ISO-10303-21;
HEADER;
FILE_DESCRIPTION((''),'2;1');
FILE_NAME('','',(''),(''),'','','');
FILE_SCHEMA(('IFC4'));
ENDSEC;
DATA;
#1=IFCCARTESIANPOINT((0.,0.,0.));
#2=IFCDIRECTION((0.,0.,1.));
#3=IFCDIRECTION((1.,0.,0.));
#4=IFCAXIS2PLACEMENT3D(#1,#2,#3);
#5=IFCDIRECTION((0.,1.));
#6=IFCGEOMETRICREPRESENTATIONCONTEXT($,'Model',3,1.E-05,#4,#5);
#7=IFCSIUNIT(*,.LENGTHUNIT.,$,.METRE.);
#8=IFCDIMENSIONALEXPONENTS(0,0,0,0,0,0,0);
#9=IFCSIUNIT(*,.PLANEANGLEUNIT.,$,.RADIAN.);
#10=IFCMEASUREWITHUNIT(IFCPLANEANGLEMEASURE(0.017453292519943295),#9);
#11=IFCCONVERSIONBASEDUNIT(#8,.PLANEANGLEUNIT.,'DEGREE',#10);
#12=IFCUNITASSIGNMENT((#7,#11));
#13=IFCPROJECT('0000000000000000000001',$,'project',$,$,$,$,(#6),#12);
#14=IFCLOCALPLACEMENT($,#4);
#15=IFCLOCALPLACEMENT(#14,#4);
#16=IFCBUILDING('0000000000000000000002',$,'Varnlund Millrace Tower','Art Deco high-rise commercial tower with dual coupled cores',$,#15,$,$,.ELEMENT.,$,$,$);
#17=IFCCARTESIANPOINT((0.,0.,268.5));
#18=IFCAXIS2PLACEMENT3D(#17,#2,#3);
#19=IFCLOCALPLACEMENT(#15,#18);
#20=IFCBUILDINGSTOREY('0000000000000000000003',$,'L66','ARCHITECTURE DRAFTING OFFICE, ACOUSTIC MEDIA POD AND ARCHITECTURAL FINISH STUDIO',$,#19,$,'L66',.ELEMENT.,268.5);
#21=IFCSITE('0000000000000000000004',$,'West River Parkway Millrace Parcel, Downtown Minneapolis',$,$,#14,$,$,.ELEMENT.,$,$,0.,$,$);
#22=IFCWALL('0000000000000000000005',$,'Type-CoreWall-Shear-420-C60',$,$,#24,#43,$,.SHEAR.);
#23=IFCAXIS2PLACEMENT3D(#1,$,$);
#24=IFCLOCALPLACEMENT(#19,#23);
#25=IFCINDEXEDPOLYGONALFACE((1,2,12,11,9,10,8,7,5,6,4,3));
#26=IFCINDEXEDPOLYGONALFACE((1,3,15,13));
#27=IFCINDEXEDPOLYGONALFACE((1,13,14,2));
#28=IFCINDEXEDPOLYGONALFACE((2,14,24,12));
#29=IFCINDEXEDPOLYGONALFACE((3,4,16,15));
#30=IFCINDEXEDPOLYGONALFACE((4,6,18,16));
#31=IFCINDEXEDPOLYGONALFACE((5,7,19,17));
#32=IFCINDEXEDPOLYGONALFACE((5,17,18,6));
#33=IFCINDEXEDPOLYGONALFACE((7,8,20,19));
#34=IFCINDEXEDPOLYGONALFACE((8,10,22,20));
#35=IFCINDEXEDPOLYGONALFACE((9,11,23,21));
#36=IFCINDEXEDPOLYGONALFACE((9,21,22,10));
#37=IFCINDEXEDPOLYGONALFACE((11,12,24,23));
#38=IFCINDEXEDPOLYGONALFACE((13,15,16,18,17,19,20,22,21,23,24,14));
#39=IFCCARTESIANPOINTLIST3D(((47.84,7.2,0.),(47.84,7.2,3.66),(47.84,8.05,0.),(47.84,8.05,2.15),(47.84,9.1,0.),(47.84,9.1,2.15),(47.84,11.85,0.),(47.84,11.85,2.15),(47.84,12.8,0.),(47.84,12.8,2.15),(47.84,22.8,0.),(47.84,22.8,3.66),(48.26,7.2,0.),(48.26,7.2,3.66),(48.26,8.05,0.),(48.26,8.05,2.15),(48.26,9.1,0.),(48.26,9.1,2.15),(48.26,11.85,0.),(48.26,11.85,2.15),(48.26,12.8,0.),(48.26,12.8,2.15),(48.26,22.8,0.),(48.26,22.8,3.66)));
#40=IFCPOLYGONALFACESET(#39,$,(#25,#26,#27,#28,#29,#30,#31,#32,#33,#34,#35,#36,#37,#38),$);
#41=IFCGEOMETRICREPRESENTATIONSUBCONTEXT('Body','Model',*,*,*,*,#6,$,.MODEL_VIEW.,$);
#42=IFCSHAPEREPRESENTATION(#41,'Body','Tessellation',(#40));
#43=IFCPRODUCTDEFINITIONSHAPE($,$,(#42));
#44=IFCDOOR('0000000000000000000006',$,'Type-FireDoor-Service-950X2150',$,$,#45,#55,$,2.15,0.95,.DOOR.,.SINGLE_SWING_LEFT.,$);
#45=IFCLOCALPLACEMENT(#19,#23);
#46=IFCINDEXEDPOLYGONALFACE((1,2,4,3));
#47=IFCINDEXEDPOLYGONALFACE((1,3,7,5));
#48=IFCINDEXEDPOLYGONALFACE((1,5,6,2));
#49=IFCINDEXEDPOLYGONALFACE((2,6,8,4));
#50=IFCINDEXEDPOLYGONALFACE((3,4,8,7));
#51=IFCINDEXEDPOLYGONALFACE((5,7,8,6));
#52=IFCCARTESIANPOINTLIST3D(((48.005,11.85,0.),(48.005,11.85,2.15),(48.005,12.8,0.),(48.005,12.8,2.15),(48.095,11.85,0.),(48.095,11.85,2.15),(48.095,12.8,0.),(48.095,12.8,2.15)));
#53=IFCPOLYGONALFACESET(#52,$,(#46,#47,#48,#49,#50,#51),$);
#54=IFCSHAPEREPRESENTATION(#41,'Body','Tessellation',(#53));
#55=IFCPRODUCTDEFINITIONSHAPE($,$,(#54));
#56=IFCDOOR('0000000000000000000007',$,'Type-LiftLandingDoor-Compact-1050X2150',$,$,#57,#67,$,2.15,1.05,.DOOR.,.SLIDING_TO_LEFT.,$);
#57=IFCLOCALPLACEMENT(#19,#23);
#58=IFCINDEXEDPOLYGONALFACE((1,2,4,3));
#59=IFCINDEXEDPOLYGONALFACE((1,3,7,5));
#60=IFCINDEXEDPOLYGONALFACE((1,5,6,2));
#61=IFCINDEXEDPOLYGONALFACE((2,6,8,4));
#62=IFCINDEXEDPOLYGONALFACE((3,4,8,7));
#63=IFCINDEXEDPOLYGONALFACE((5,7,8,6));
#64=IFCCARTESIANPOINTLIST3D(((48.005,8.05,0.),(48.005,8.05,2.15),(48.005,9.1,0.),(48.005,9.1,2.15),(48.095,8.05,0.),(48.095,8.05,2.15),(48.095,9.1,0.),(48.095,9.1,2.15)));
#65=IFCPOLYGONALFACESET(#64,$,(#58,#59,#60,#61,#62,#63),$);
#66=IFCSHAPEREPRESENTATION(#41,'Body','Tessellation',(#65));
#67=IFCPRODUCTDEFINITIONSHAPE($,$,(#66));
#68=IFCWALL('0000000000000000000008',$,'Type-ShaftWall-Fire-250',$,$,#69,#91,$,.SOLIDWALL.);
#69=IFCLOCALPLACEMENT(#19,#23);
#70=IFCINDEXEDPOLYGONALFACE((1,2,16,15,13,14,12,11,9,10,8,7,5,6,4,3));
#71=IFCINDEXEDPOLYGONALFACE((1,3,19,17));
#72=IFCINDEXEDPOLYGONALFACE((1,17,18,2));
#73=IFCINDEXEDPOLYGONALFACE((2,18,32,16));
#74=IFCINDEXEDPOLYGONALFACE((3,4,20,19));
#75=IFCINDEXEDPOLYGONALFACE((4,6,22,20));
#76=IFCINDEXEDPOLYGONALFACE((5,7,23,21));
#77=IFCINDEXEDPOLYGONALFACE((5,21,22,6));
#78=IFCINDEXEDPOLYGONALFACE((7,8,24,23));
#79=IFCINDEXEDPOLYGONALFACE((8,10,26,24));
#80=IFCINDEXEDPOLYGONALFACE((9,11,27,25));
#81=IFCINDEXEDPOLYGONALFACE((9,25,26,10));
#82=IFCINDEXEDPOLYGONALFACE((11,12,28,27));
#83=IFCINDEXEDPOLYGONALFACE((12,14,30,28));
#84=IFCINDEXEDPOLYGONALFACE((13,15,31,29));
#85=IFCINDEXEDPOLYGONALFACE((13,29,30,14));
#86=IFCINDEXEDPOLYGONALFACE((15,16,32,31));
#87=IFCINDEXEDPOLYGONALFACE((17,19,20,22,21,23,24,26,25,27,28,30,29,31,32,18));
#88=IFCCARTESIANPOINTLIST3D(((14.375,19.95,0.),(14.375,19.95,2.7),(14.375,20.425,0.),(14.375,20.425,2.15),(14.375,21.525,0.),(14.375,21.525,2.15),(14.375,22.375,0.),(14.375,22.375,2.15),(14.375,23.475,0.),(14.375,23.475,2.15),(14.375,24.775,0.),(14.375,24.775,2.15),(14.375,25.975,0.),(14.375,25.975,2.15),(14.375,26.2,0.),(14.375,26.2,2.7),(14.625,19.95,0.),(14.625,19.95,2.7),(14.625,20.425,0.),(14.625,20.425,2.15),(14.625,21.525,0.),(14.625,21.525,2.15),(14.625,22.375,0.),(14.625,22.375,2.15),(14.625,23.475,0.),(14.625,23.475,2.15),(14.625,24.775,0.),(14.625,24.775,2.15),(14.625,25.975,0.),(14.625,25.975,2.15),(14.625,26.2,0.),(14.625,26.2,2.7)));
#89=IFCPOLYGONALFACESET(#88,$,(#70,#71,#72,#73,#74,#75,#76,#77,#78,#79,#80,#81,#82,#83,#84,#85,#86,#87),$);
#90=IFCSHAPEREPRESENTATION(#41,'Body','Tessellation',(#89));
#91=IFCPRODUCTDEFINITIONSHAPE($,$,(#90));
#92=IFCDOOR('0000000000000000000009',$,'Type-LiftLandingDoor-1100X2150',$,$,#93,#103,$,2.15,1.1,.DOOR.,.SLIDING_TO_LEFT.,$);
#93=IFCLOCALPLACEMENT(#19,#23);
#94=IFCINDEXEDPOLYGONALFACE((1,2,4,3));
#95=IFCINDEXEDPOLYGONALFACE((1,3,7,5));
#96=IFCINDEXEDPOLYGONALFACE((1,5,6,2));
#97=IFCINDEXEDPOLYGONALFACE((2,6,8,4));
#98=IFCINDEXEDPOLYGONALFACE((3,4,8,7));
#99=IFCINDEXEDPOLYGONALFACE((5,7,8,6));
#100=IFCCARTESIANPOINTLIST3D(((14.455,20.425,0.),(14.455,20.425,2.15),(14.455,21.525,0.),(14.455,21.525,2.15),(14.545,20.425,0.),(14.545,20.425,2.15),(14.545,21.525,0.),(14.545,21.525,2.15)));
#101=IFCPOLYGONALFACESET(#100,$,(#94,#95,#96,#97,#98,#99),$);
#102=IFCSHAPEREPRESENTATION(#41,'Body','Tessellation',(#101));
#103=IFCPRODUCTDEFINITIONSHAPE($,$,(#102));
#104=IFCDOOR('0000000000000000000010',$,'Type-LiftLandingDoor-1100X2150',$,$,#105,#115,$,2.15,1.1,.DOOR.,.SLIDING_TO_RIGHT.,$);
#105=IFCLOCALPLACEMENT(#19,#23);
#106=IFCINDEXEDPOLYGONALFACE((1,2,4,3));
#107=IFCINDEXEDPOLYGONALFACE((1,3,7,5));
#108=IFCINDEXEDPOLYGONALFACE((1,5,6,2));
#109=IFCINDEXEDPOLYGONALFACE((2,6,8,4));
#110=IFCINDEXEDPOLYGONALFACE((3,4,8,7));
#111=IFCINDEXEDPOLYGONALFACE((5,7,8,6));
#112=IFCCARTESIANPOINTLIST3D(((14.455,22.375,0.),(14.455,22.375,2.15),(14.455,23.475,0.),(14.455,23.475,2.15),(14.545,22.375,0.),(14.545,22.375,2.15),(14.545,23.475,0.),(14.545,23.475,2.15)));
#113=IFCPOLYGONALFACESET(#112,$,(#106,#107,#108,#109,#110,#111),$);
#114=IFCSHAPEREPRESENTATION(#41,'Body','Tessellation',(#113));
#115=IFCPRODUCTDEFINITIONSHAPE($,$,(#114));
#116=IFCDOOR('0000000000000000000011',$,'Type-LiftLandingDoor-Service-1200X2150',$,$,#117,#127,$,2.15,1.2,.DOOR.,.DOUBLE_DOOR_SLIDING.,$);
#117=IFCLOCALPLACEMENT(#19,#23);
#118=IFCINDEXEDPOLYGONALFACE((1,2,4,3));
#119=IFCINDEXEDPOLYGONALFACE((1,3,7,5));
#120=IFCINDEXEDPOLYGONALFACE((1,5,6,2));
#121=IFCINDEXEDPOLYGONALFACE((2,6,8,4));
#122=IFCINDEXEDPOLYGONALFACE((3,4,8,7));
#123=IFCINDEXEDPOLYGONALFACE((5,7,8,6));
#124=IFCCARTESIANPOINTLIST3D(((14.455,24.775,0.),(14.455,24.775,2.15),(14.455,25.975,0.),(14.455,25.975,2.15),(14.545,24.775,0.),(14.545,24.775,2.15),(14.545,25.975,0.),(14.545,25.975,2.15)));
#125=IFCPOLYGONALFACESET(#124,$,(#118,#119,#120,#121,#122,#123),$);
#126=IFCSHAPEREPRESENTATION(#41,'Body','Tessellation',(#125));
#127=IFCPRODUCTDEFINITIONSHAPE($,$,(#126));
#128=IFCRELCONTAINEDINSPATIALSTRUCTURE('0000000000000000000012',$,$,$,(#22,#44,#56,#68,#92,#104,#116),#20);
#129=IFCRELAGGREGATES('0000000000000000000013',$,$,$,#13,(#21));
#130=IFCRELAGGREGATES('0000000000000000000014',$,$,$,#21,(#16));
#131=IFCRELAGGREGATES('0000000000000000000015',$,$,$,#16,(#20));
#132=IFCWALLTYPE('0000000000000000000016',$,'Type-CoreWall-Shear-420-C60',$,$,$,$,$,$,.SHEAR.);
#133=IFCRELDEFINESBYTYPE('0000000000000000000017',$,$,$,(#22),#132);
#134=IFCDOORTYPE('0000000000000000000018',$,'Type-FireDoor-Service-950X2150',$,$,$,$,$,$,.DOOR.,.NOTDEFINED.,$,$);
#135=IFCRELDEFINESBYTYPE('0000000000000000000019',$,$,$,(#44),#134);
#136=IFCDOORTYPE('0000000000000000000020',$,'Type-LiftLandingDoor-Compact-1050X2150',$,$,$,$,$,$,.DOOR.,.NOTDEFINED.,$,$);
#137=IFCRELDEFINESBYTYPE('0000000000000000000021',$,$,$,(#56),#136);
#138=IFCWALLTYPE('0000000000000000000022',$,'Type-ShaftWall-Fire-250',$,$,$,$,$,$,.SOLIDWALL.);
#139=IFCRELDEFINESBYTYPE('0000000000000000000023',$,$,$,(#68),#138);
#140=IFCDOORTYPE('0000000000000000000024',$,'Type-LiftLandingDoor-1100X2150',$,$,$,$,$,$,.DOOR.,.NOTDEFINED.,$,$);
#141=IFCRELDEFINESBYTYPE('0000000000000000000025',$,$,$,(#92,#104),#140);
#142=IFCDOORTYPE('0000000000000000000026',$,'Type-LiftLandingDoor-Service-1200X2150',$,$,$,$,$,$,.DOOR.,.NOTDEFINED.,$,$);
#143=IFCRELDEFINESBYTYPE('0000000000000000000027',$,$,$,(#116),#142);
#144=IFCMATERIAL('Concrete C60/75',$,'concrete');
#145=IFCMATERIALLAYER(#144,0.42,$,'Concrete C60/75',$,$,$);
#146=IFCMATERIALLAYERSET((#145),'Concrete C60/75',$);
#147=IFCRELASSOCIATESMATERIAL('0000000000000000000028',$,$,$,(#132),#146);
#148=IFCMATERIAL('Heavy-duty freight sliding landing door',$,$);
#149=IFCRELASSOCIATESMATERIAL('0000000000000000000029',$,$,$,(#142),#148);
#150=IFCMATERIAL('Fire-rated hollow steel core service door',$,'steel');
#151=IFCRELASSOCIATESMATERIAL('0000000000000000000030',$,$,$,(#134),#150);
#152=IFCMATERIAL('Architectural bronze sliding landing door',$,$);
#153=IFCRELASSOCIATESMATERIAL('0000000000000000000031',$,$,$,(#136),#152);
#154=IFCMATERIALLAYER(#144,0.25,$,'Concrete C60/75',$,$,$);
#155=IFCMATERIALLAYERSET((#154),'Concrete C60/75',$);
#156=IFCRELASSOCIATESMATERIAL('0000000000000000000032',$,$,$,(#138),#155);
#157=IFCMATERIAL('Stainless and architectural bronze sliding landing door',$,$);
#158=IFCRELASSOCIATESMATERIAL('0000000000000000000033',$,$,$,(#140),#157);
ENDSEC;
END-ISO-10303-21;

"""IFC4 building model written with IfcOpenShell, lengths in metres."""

from ifc_helpers import new_model, entity, si_unit, converted_unit, direction, frame, origin_with_axes, origin_2d_with_axis, place, context, subcontext, project, spatial, polyline, rectangle, outline, extrude, material, layer, layer_set, type_object, element, fill, save


model = new_model("IFC4")

# Units and contexts
model_context = context("Model", 3, precision=1e-05, world=origin_with_axes(), true_north=direction((0.0, 1.0)))
body_context = subcontext(model_context, "Body", "Model", "MODEL_VIEW")
ifc_project = project(units=[si_unit("LENGTHUNIT", "METRE"), converted_unit("PLANEANGLEUNIT", "DEGREE", entity("IfcPlaneAngleMeasure", 0.017453292519943295), si_unit("PLANEANGLEUNIT", "RADIAN"), dimensions=[0, 0, 0, 0, 0, 0, 0])], contexts=[model_context])

# Site, building, storey
site_placement = place(None, origin_with_axes())
site = spatial("IfcSite", under=ifc_project, at=site_placement, Name="West River Parkway Millrace Parcel, Downtown Minneapolis", CompositionType="ELEMENT", RefElevation=0.0)
building_placement = place(site_placement, origin_with_axes())
building = spatial("IfcBuilding", under=site, at=building_placement, Name="Varnlund Millrace Tower", Description="Art Deco high-rise commercial tower with dual coupled cores", CompositionType="ELEMENT")
storey_placement = place(building_placement, frame((0.0, 0.0, 268.5), z_axis=(0.0, 0.0, 1.0), x_axis=(1.0, 0.0, 0.0)))
storey = spatial("IfcBuildingStorey", under=building, at=storey_placement, Name="L66", Description="ARCHITECTURE DRAFTING OFFICE, ACOUSTIC MEDIA POD AND ARCHITECTURAL FINISH STUDIO", LongName="L66", CompositionType="ELEMENT", Elevation=268.5)

# Shared definitions
ifc_material_1 = material(Name="Concrete C60/75", Category="concrete")
ifc_layer_1 = layer(ifc_material_1, 0.42, Name="Concrete C60/75")
ifc_layer_set_1 = layer_set([ifc_layer_1], Name="Concrete C60/75")
wall_type_1 = type_object("IfcWallType", Name="Type-CoreWall-Shear-420-C60", PredefinedType="SHEAR", material=ifc_layer_set_1)
ifc_material_2 = material(Name="Heavy-duty freight sliding landing door")
door_type_1 = type_object("IfcDoorType", Name="Type-LiftLandingDoor-Service-1200X2150", OperationType="NOTDEFINED", PredefinedType="DOOR", material=ifc_material_2)

# Walls, openings, doors
wall_1_placement = place(storey_placement, frame((48.05, 7.2, 0.0), z_axis=(0.0, 0.0, 1.0), x_axis=(0.0, 1.0, 0.0)))
wall_1 = element("IfcWall", 1, at=wall_1_placement, inside=storey, type_object=wall_type_1, Name="Type-CoreWall-Shear-420-C60", PredefinedType="SHEAR", context=body_context, shape_type="SweptSolid", body=[
    extrude(outline(polyline([(0.0, -0.21), (15.6, -0.21), (15.6, 0.21), (0.0, 0.21), (0.0, -0.21)])), origin_with_axes(), (0.0, 0.0, 1.0), 3.66),
])
opening_1_placement = place(wall_1_placement, frame((1.375, 0.0, 0.0), z_axis=(0.0, 0.0, 1.0), x_axis=(1.0, 0.0, 0.0)))
opening_1 = element("IfcOpeningElement", 2, at=opening_1_placement, cuts=wall_1, PredefinedType="OPENING", context=body_context, shape_type="SweptSolid", body=[
    extrude(rectangle(XDim=1.05, YDim=0.44, at=origin_2d_with_axis()), origin_with_axes(), (0.0, 0.0, 1.0), 2.15),
])
opening_2_placement = place(wall_1_placement, frame((5.125, 0.0, 0.0), z_axis=(0.0, 0.0, 1.0), x_axis=(1.0, 0.0, 0.0)))
opening_2 = element("IfcOpeningElement", 3, at=opening_2_placement, cuts=wall_1, PredefinedType="OPENING", context=body_context, shape_type="SweptSolid", body=[
    extrude(rectangle(XDim=0.95, YDim=0.44, at=origin_2d_with_axis()), origin_with_axes(), (0.0, 0.0, 1.0), 2.15),
])
ifc_material_3 = material(Name="Fire-rated hollow steel core service door", Category="steel")
door_type_2 = type_object("IfcDoorType", Name="Type-FireDoor-Service-950X2150", OperationType="NOTDEFINED", PredefinedType="DOOR", material=ifc_material_3)
door_1_placement = place(wall_1_placement, frame((5.125, 0.0, 0.0), z_axis=(0.0, 0.0, 1.0), x_axis=(1.0, 0.0, 0.0)))
door_1 = element("IfcDoor", 4, at=door_1_placement, inside=storey, type_object=door_type_2, Name="Type-FireDoor-Service-950X2150", OperationType="SINGLE_SWING_LEFT", OverallHeight=2.15, OverallWidth=0.95, PredefinedType="DOOR", context=body_context, shape_type="SweptSolid", body=[
    extrude(rectangle(XDim=0.95, YDim=0.09, at=origin_2d_with_axis()), origin_with_axes(), (0.0, 0.0, 1.0), 2.15),
])
fill(opening_2, door_1)
ifc_material_4 = material(Name="Architectural bronze sliding landing door")
door_type_3 = type_object("IfcDoorType", Name="Type-LiftLandingDoor-Compact-1050X2150", OperationType="NOTDEFINED", PredefinedType="DOOR", material=ifc_material_4)
door_2_placement = place(wall_1_placement, frame((1.375, 0.0, 0.0), z_axis=(0.0, 0.0, 1.0), x_axis=(1.0, 0.0, 0.0)))
door_2 = element("IfcDoor", 5, at=door_2_placement, inside=storey, type_object=door_type_3, Name="Type-LiftLandingDoor-Compact-1050X2150", OperationType="SLIDING_TO_LEFT", OverallHeight=2.15, OverallWidth=1.05, PredefinedType="DOOR", context=body_context, shape_type="SweptSolid", body=[
    extrude(rectangle(XDim=1.05, YDim=0.09, at=origin_2d_with_axis()), origin_with_axes(), (0.0, 0.0, 1.0), 2.15),
])
fill(opening_1, door_2)
ifc_layer_2 = layer(ifc_material_1, 0.25, Name="Concrete C60/75")
ifc_layer_set_2 = layer_set([ifc_layer_2], Name="Concrete C60/75")
wall_type_2 = type_object("IfcWallType", Name="Type-ShaftWall-Fire-250", PredefinedType="SOLIDWALL", material=ifc_layer_set_2)
wall_2_placement = place(storey_placement, frame((14.5, 19.95, 0.0), z_axis=(0.0, 0.0, 1.0), x_axis=(0.0, 1.0, 0.0)))
wall_2 = element("IfcWall", 6, at=wall_2_placement, inside=storey, type_object=wall_type_2, Name="Type-ShaftWall-Fire-250", PredefinedType="SOLIDWALL", context=body_context, shape_type="SweptSolid", body=[
    extrude(outline(polyline([(0.0, -0.125), (6.25, -0.125), (6.25, 0.125), (0.0, 0.125), (0.0, -0.125)])), origin_with_axes(), (0.0, 0.0, 1.0), 2.7),
])
opening_3_placement = place(wall_2_placement, frame((1.025, 0.0, 0.0), z_axis=(0.0, 0.0, 1.0), x_axis=(1.0, 0.0, 0.0)))
opening_3 = element("IfcOpeningElement", 7, at=opening_3_placement, cuts=wall_2, PredefinedType="OPENING", context=body_context, shape_type="SweptSolid", body=[
    extrude(rectangle(XDim=1.1, YDim=0.27, at=origin_2d_with_axis()), origin_with_axes(), (0.0, 0.0, 1.0), 2.15),
])
opening_4_placement = place(wall_2_placement, frame((2.975, 0.0, 0.0), z_axis=(0.0, 0.0, 1.0), x_axis=(1.0, 0.0, 0.0)))
opening_4 = element("IfcOpeningElement", 8, at=opening_4_placement, cuts=wall_2, PredefinedType="OPENING", context=body_context, shape_type="SweptSolid", body=[
    extrude(rectangle(XDim=1.1, YDim=0.27, at=origin_2d_with_axis()), origin_with_axes(), (0.0, 0.0, 1.0), 2.15),
])
opening_5_placement = place(wall_2_placement, frame((5.425, 0.0, 0.0), z_axis=(0.0, 0.0, 1.0), x_axis=(1.0, 0.0, 0.0)))
opening_5 = element("IfcOpeningElement", 9, at=opening_5_placement, cuts=wall_2, PredefinedType="OPENING", context=body_context, shape_type="SweptSolid", body=[
    extrude(rectangle(XDim=1.2, YDim=0.27, at=origin_2d_with_axis()), origin_with_axes(), (0.0, 0.0, 1.0), 2.15),
])
ifc_material_5 = material(Name="Stainless and architectural bronze sliding landing door")
door_type_4 = type_object("IfcDoorType", Name="Type-LiftLandingDoor-1100X2150", OperationType="NOTDEFINED", PredefinedType="DOOR", material=ifc_material_5)
door_3_placement = place(wall_2_placement, frame((1.025, 0.0, 0.0), z_axis=(0.0, 0.0, 1.0), x_axis=(1.0, 0.0, 0.0)))
door_3 = element("IfcDoor", 10, at=door_3_placement, inside=storey, type_object=door_type_4, Name="Type-LiftLandingDoor-1100X2150", OperationType="SLIDING_TO_LEFT", OverallHeight=2.15, OverallWidth=1.1, PredefinedType="DOOR", context=body_context, shape_type="SweptSolid", body=[
    extrude(rectangle(XDim=1.1, YDim=0.09, at=origin_2d_with_axis()), origin_with_axes(), (0.0, 0.0, 1.0), 2.15),
])
fill(opening_3, door_3)
door_4_placement = place(wall_2_placement, frame((2.975, 0.0, 0.0), z_axis=(0.0, 0.0, 1.0), x_axis=(1.0, 0.0, 0.0)))
door_4 = element("IfcDoor", 11, at=door_4_placement, inside=storey, type_object=door_type_4, Name="Type-LiftLandingDoor-1100X2150", OperationType="SLIDING_TO_RIGHT", OverallHeight=2.15, OverallWidth=1.1, PredefinedType="DOOR", context=body_context, shape_type="SweptSolid", body=[
    extrude(rectangle(XDim=1.1, YDim=0.09, at=origin_2d_with_axis()), origin_with_axes(), (0.0, 0.0, 1.0), 2.15),
])
fill(opening_4, door_4)
door_5_placement = place(wall_2_placement, frame((5.425, 0.0, 0.0), z_axis=(0.0, 0.0, 1.0), x_axis=(1.0, 0.0, 0.0)))
door_5 = element("IfcDoor", 12, at=door_5_placement, inside=storey, type_object=door_type_1, Name="Type-LiftLandingDoor-Service-1200X2150", OperationType="DOUBLE_DOOR_SLIDING", OverallHeight=2.15, OverallWidth=1.2, PredefinedType="DOOR", context=body_context, shape_type="SweptSolid", body=[
    extrude(rectangle(XDim=1.2, YDim=0.09, at=origin_2d_with_axis()), origin_with_axes(), (0.0, 0.0, 1.0), 2.15),
])
fill(opening_5, door_5)

save(model, "model.ifc")
